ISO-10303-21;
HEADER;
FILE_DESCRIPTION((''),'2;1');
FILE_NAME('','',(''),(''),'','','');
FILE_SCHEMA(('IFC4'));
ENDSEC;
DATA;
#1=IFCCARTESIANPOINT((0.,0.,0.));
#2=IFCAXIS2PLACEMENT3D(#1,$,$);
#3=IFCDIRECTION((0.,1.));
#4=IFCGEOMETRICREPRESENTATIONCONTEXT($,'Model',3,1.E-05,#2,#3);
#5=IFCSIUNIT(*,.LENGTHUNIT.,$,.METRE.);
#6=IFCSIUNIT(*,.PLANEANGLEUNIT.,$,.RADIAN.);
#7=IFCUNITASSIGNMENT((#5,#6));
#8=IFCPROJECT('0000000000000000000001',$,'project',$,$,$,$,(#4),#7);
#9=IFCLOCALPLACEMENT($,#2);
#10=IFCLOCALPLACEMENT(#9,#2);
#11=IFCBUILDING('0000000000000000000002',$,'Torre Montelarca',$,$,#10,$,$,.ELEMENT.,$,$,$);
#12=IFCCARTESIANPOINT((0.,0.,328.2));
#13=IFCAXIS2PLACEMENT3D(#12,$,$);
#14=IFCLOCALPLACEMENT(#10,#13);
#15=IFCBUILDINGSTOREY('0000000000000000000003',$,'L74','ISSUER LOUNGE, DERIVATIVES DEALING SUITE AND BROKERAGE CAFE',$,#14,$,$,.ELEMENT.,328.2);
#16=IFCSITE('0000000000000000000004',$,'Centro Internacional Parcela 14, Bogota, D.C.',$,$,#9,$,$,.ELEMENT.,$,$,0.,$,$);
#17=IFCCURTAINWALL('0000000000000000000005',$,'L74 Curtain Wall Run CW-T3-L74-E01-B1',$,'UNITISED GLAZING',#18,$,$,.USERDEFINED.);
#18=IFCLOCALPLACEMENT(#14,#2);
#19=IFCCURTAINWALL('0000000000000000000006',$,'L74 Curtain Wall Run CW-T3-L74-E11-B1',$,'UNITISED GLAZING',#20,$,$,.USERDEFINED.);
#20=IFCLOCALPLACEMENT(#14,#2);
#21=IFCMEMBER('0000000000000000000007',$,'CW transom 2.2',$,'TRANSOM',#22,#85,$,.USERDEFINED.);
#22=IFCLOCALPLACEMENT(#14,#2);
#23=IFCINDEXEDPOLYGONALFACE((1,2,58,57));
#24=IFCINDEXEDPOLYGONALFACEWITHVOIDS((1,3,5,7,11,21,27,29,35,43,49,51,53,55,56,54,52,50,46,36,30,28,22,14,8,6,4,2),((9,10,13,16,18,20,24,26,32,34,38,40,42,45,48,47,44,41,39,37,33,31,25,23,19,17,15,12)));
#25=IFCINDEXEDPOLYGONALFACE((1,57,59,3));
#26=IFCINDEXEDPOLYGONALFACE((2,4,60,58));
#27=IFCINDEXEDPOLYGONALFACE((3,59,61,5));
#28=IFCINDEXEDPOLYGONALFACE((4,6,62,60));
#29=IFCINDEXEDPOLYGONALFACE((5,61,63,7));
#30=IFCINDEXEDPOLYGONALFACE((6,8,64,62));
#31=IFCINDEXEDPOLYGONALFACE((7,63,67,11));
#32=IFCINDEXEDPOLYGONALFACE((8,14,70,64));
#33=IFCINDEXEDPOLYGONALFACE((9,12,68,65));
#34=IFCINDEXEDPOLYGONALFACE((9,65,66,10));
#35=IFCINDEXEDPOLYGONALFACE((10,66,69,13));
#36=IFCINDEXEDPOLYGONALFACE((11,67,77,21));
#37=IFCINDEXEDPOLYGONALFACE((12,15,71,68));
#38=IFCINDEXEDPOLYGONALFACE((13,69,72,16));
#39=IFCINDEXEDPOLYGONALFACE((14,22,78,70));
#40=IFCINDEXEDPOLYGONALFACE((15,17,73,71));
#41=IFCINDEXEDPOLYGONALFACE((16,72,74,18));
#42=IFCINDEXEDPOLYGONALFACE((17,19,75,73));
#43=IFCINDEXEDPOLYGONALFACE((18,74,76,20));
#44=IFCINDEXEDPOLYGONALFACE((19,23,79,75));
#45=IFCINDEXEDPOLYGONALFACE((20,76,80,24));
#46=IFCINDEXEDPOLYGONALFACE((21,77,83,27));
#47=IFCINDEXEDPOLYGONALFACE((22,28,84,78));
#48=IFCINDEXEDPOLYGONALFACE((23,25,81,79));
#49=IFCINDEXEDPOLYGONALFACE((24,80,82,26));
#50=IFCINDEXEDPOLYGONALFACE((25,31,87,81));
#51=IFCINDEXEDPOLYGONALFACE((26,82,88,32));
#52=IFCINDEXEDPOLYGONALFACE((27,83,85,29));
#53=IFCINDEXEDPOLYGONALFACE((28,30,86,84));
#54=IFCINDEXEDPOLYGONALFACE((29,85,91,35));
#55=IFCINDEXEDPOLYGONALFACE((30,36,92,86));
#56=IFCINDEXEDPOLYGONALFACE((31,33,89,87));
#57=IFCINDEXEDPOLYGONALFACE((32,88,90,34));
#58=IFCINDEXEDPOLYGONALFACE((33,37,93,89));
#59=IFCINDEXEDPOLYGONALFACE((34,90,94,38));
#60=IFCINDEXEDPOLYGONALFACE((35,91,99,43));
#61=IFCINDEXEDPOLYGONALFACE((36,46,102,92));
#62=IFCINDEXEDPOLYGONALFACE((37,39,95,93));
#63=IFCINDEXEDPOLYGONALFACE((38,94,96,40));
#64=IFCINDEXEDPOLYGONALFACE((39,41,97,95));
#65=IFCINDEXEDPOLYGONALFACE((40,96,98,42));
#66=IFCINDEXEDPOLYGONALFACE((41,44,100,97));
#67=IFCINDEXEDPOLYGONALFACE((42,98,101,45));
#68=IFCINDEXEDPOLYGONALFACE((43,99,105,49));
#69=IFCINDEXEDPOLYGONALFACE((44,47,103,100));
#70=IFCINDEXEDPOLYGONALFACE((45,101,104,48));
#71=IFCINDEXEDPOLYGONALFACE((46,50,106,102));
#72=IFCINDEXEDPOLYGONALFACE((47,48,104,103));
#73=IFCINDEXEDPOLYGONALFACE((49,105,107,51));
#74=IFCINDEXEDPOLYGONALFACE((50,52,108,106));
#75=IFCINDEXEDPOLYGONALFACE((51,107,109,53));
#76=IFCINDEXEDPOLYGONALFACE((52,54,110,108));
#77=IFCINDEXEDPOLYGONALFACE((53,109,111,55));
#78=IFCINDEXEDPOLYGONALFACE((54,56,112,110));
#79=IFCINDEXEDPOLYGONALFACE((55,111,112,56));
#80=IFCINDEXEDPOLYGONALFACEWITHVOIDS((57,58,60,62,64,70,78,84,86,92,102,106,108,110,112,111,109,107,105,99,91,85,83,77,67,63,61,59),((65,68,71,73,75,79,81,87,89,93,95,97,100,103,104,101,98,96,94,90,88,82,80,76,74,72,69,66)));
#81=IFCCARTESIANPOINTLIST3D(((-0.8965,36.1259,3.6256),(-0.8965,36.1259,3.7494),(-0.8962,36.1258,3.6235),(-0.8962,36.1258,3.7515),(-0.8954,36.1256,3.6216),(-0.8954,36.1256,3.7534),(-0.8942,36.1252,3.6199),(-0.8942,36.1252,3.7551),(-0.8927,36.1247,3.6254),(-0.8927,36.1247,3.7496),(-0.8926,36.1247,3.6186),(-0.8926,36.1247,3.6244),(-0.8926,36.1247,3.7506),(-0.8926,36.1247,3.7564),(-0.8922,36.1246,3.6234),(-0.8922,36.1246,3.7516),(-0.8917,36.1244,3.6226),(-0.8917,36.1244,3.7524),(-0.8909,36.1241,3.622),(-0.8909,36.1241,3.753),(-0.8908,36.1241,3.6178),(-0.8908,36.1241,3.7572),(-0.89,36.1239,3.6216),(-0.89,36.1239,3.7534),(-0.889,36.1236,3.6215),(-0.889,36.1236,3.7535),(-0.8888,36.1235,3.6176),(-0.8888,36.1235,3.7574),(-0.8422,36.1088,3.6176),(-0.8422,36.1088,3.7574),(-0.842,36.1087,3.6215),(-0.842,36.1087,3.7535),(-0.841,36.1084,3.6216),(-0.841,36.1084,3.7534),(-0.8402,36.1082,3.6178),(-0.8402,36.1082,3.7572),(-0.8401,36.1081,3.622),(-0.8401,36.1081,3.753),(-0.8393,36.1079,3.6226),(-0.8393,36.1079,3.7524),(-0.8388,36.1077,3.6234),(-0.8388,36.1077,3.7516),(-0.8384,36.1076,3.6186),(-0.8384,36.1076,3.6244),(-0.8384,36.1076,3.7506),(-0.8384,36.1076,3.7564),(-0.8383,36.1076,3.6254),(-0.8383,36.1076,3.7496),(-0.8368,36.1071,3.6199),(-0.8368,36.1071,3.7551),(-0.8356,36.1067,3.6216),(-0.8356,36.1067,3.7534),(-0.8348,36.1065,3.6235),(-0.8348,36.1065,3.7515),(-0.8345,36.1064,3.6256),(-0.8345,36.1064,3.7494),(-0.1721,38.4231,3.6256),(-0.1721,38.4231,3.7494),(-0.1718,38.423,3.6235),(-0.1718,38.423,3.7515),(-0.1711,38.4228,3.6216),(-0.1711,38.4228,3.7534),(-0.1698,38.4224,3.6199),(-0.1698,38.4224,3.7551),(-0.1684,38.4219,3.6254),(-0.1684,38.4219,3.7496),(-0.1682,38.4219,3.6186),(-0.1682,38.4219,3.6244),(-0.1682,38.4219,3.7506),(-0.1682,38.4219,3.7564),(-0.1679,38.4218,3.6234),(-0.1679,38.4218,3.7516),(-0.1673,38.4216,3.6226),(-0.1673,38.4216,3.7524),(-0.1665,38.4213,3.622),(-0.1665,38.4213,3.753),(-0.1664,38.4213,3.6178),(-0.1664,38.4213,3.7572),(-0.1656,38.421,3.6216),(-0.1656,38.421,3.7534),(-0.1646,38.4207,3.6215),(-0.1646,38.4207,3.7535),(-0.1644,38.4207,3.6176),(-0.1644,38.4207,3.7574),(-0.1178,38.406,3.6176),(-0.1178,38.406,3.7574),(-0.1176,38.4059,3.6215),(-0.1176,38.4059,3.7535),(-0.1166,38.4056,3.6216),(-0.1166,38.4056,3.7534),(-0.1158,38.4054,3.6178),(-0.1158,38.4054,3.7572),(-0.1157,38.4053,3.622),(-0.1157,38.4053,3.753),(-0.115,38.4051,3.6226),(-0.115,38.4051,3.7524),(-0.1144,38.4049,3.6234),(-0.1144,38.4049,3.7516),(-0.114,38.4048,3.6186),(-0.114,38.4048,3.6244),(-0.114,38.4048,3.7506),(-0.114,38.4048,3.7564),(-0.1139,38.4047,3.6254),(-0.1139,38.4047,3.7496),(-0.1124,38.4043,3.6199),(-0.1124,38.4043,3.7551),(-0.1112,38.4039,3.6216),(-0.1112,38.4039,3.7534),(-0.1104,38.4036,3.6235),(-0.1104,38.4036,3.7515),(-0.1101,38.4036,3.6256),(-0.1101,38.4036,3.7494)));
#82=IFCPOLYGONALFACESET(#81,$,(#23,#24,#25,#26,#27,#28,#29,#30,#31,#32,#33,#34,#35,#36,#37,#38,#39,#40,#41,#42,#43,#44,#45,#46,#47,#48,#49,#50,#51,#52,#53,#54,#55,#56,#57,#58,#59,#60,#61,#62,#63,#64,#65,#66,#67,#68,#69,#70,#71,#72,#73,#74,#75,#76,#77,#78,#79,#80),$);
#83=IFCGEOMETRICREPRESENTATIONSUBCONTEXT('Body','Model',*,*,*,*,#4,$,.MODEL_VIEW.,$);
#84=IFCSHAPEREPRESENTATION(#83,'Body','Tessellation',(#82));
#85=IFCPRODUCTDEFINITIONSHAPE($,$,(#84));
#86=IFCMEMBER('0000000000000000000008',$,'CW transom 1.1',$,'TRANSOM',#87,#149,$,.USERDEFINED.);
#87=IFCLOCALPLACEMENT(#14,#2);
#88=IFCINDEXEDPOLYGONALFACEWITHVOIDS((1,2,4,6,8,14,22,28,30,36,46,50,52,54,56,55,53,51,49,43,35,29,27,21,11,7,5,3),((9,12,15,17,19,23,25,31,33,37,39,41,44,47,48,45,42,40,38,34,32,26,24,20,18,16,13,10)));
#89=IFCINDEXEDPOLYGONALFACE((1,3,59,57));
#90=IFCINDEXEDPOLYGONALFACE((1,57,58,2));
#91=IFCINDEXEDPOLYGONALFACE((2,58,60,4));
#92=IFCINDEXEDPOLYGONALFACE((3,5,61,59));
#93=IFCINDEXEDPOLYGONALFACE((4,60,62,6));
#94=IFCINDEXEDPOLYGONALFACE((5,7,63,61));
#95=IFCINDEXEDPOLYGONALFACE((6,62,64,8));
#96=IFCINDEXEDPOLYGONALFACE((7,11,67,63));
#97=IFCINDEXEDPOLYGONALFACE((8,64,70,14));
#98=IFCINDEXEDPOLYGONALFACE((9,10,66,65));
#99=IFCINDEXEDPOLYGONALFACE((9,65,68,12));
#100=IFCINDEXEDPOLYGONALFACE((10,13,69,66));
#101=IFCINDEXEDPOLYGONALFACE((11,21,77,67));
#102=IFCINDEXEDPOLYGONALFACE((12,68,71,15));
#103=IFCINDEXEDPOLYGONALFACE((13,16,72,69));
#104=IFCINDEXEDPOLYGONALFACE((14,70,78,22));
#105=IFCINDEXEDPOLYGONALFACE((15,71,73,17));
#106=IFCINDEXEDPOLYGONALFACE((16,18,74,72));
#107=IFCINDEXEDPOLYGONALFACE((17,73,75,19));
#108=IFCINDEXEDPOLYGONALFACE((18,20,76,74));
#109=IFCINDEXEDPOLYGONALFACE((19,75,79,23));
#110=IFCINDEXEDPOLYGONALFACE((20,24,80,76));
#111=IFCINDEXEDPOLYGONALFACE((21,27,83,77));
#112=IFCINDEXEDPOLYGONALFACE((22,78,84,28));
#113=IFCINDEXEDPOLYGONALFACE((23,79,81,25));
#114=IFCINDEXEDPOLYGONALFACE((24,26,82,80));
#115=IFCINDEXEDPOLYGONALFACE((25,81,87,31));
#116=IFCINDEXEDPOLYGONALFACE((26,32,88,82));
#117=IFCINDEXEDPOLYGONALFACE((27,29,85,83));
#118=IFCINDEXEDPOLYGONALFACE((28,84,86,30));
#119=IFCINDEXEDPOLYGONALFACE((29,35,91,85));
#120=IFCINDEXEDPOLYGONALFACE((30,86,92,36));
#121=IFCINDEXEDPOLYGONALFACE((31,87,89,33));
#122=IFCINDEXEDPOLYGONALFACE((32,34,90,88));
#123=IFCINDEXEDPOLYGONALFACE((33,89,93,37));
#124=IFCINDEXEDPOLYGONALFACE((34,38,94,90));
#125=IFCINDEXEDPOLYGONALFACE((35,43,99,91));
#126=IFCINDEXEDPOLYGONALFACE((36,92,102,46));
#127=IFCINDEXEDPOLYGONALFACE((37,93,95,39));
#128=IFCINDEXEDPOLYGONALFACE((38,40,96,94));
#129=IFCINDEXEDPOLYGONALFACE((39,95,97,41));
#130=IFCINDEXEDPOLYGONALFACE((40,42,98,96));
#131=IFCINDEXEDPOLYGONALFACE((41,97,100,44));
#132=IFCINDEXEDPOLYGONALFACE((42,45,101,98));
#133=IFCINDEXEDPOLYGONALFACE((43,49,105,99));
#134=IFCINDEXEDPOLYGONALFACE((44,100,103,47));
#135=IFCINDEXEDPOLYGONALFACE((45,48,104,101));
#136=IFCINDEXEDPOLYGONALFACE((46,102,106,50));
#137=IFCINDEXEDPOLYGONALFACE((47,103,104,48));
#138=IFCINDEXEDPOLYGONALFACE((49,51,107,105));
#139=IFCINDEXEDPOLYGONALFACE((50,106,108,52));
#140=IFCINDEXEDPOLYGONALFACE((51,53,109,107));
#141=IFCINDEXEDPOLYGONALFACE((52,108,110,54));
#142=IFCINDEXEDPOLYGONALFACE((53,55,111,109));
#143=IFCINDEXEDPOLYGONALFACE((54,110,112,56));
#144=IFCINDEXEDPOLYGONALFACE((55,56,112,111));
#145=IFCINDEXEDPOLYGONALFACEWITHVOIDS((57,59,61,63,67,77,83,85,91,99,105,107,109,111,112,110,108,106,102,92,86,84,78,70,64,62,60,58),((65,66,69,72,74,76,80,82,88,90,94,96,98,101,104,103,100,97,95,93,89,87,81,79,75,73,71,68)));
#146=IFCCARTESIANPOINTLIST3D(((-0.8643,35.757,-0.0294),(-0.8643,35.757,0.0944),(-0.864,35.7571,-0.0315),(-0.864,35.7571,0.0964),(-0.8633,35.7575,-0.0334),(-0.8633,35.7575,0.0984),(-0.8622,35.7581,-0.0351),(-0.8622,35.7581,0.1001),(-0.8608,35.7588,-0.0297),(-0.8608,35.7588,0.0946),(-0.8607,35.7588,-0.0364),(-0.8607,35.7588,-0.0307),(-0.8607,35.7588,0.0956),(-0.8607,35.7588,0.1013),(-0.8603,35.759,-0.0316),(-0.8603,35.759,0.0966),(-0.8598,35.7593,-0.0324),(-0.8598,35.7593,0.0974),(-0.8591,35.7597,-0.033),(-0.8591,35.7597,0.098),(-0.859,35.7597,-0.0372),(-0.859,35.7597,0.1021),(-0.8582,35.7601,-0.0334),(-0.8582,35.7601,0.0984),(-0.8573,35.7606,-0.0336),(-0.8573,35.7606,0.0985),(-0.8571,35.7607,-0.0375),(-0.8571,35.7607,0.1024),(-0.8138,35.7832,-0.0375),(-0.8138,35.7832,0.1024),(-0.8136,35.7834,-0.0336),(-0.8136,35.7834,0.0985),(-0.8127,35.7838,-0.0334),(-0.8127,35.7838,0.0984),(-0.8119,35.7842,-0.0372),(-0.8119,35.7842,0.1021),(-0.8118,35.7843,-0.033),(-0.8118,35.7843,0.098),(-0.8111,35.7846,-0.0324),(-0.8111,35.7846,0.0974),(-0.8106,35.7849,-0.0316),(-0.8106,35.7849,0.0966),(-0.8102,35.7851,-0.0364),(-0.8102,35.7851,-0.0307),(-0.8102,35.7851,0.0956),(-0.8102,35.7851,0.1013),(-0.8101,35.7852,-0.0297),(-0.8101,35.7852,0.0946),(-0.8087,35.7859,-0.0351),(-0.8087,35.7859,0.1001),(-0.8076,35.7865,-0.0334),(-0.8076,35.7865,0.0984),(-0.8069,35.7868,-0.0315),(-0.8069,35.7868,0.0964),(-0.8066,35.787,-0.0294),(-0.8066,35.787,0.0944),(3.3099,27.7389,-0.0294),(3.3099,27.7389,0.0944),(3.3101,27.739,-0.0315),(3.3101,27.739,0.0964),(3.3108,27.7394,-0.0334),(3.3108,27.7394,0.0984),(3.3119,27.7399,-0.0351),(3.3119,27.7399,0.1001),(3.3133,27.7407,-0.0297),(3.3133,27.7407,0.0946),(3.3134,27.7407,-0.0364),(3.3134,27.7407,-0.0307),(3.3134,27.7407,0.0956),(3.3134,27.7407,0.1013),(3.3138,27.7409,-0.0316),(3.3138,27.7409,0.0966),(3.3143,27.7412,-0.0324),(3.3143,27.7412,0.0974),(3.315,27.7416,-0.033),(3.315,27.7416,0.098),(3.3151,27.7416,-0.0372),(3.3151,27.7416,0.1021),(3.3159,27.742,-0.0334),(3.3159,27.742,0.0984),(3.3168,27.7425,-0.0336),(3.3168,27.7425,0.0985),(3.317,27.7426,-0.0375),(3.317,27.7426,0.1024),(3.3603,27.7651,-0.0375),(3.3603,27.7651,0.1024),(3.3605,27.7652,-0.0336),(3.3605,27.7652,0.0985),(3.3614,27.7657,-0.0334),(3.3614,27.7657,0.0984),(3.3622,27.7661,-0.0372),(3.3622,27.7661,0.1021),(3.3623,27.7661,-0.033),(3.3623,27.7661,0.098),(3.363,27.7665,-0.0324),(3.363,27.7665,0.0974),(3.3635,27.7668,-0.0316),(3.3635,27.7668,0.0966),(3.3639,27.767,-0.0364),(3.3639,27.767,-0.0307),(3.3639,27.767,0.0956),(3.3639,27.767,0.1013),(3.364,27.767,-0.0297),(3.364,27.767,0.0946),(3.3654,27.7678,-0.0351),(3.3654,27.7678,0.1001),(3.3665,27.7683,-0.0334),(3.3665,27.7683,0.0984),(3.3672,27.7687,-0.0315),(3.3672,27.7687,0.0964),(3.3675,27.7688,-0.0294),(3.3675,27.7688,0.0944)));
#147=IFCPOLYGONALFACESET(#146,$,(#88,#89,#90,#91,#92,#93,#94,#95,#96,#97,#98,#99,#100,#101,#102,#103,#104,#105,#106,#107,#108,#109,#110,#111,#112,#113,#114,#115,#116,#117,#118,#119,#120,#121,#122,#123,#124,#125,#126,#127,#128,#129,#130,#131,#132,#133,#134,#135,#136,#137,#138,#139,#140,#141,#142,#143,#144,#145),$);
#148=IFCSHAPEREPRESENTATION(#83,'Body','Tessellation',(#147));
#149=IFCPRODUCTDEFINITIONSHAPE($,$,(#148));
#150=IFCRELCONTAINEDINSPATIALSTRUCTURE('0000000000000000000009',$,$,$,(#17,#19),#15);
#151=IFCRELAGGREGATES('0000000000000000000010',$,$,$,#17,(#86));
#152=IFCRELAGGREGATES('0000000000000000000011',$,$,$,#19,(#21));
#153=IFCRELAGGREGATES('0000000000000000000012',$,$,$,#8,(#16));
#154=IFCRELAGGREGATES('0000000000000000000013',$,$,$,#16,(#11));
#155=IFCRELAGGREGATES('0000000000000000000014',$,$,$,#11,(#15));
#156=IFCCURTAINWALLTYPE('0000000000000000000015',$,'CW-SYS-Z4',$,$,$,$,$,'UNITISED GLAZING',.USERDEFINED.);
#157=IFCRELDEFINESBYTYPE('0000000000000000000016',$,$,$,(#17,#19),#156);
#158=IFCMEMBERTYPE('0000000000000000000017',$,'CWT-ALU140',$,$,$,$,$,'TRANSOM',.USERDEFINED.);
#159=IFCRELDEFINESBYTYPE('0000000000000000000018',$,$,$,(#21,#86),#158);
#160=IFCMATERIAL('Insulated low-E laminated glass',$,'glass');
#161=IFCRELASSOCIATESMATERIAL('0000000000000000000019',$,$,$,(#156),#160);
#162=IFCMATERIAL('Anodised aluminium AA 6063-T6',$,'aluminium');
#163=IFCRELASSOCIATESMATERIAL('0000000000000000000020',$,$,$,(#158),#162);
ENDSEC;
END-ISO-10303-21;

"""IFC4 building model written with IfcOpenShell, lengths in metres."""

from ifc_helpers import new_model, si_unit, direction, frame, origin, origin_2d, place, context, subcontext, project, spatial, hollow_rectangle, extrude, source, transform, mapped, material, material_profile, profile_set, type_object, element, aggregate, save


model = new_model("IFC4")

# Units and contexts
model_context = context("Model", 3, precision=1e-05, world=origin(), true_north=direction((0.0, 1.0)))
body_context = subcontext(model_context, "Body", "Model", "MODEL_VIEW")
ifc_project = project(units=[si_unit("LENGTHUNIT", "METRE"), si_unit("PLANEANGLEUNIT", "RADIAN")], contexts=[model_context])

# Site, building, storey
site_placement = place(None, origin())
site = spatial("IfcSite", under=ifc_project, at=site_placement, Name="Centro Internacional Parcela 14, Bogota, D.C.", CompositionType="ELEMENT", RefElevation=0.0)
building_placement = place(site_placement, origin())
building = spatial("IfcBuilding", under=site, at=building_placement, Name="Torre Montelarca", CompositionType="ELEMENT")
storey_placement = place(building_placement, frame((0.0, 0.0, 328.2)))
storey = spatial("IfcBuildingStorey", under=building, at=storey_placement, Name="L74", Description="ISSUER LOUNGE, DERIVATIVES DEALING SUITE AND BROKERAGE CAFE", CompositionType="ELEMENT", Elevation=328.2)

# Curtain wall
ifc_material_1 = material(Name="Insulated low-E laminated glass", Category="glass")
curtain_wall_type = type_object("IfcCurtainWallType", Name="CW-SYS-Z4", ElementType="UNITISED GLAZING", PredefinedType="USERDEFINED", material=ifc_material_1)
curtain_wall_1_placement = place(storey_placement, origin())
curtain_wall_1 = element("IfcCurtainWall", 1, at=curtain_wall_1_placement, inside=storey, type_object=curtain_wall_type, Name="L74 Curtain Wall Run CW-T3-L74-E01-B1", ObjectType="UNITISED GLAZING", PredefinedType="USERDEFINED")
ifc_material_2 = material(Name="Anodised aluminium AA 6063-T6", Category="aluminium")

# Curtain wall, member
curtain_wall_2_placement = place(storey_placement, origin())
curtain_wall_2 = element("IfcCurtainWall", 2, at=curtain_wall_2_placement, inside=storey, type_object=curtain_wall_type, Name="L74 Curtain Wall Run CW-T3-L74-E11-B1", ObjectType="UNITISED GLAZING", PredefinedType="USERDEFINED")
ifc_material_profile_1 = material_profile(ifc_material_2, hollow_rectangle(XDim=0.0649, YDim=0.1399, WallThickness=0.0039, InnerFilletRadius=0.0039, OuterFilletRadius=0.0081, at=origin_2d()), Name="ALU65X140X4", Category="aluminium")
ifc_profile_set_1 = profile_set([ifc_material_profile_1], Name="Anodised aluminium AA 6063-T6")
member_type_1 = type_object("IfcMemberType", Name="CWT-ALU140", ElementType="TRANSOM", PredefinedType="USERDEFINED", material=ifc_profile_set_1)
shared_shape_1 = source(origin(), body_context, "Body", "SweptSolid", [
    extrude(hollow_rectangle(XDim=0.0649, YDim=0.1399, WallThickness=0.0039, InnerFilletRadius=0.0039, OuterFilletRadius=0.0081, at=origin_2d()), origin(), (0.0, 0.0, 1.0), 2.4087),
])
member_1_placement = place(storey_placement, frame((-0.1411, 38.4133, 3.6875), z_axis=(-0.300738, -0.953707, 0.0), x_axis=(0.953707, -0.300738, 0.0)))
member_1 = element("IfcMember", 3, at=member_1_placement, type_object=member_type_1, Name="CW transom 2.2", ObjectType="TRANSOM", PredefinedType="USERDEFINED", context=body_context, shape_type="MappedRepresentation", body=[
    mapped(shared_shape_1, transform((0.0, 0.0, 0.0), scale=1.0)),
])

# Member
shared_shape_2 = source(origin(), body_context, "Body", "SweptSolid", [
    extrude(hollow_rectangle(XDim=0.0649, YDim=0.1399, WallThickness=0.0039, InnerFilletRadius=0.0039, OuterFilletRadius=0.0081, at=origin_2d()), origin(), (0.0, 0.0, 1.0), 9.0396),
])
member_2_placement = place(storey_placement, frame((-0.8354, 35.772, 0.0325), z_axis=(0.46176, -0.887005, 0.0), x_axis=(0.887005, 0.46176, 0.0)))
member_2 = element("IfcMember", 4, at=member_2_placement, type_object=member_type_1, Name="CW transom 1.1", ObjectType="TRANSOM", PredefinedType="USERDEFINED", context=body_context, shape_type="MappedRepresentation", body=[
    mapped(shared_shape_2, transform((0.0, 0.0, 0.0), scale=1.0)),
])
aggregate(curtain_wall_1, [member_2])

aggregate(curtain_wall_2, [member_1])

save(model, "model.ifc")
